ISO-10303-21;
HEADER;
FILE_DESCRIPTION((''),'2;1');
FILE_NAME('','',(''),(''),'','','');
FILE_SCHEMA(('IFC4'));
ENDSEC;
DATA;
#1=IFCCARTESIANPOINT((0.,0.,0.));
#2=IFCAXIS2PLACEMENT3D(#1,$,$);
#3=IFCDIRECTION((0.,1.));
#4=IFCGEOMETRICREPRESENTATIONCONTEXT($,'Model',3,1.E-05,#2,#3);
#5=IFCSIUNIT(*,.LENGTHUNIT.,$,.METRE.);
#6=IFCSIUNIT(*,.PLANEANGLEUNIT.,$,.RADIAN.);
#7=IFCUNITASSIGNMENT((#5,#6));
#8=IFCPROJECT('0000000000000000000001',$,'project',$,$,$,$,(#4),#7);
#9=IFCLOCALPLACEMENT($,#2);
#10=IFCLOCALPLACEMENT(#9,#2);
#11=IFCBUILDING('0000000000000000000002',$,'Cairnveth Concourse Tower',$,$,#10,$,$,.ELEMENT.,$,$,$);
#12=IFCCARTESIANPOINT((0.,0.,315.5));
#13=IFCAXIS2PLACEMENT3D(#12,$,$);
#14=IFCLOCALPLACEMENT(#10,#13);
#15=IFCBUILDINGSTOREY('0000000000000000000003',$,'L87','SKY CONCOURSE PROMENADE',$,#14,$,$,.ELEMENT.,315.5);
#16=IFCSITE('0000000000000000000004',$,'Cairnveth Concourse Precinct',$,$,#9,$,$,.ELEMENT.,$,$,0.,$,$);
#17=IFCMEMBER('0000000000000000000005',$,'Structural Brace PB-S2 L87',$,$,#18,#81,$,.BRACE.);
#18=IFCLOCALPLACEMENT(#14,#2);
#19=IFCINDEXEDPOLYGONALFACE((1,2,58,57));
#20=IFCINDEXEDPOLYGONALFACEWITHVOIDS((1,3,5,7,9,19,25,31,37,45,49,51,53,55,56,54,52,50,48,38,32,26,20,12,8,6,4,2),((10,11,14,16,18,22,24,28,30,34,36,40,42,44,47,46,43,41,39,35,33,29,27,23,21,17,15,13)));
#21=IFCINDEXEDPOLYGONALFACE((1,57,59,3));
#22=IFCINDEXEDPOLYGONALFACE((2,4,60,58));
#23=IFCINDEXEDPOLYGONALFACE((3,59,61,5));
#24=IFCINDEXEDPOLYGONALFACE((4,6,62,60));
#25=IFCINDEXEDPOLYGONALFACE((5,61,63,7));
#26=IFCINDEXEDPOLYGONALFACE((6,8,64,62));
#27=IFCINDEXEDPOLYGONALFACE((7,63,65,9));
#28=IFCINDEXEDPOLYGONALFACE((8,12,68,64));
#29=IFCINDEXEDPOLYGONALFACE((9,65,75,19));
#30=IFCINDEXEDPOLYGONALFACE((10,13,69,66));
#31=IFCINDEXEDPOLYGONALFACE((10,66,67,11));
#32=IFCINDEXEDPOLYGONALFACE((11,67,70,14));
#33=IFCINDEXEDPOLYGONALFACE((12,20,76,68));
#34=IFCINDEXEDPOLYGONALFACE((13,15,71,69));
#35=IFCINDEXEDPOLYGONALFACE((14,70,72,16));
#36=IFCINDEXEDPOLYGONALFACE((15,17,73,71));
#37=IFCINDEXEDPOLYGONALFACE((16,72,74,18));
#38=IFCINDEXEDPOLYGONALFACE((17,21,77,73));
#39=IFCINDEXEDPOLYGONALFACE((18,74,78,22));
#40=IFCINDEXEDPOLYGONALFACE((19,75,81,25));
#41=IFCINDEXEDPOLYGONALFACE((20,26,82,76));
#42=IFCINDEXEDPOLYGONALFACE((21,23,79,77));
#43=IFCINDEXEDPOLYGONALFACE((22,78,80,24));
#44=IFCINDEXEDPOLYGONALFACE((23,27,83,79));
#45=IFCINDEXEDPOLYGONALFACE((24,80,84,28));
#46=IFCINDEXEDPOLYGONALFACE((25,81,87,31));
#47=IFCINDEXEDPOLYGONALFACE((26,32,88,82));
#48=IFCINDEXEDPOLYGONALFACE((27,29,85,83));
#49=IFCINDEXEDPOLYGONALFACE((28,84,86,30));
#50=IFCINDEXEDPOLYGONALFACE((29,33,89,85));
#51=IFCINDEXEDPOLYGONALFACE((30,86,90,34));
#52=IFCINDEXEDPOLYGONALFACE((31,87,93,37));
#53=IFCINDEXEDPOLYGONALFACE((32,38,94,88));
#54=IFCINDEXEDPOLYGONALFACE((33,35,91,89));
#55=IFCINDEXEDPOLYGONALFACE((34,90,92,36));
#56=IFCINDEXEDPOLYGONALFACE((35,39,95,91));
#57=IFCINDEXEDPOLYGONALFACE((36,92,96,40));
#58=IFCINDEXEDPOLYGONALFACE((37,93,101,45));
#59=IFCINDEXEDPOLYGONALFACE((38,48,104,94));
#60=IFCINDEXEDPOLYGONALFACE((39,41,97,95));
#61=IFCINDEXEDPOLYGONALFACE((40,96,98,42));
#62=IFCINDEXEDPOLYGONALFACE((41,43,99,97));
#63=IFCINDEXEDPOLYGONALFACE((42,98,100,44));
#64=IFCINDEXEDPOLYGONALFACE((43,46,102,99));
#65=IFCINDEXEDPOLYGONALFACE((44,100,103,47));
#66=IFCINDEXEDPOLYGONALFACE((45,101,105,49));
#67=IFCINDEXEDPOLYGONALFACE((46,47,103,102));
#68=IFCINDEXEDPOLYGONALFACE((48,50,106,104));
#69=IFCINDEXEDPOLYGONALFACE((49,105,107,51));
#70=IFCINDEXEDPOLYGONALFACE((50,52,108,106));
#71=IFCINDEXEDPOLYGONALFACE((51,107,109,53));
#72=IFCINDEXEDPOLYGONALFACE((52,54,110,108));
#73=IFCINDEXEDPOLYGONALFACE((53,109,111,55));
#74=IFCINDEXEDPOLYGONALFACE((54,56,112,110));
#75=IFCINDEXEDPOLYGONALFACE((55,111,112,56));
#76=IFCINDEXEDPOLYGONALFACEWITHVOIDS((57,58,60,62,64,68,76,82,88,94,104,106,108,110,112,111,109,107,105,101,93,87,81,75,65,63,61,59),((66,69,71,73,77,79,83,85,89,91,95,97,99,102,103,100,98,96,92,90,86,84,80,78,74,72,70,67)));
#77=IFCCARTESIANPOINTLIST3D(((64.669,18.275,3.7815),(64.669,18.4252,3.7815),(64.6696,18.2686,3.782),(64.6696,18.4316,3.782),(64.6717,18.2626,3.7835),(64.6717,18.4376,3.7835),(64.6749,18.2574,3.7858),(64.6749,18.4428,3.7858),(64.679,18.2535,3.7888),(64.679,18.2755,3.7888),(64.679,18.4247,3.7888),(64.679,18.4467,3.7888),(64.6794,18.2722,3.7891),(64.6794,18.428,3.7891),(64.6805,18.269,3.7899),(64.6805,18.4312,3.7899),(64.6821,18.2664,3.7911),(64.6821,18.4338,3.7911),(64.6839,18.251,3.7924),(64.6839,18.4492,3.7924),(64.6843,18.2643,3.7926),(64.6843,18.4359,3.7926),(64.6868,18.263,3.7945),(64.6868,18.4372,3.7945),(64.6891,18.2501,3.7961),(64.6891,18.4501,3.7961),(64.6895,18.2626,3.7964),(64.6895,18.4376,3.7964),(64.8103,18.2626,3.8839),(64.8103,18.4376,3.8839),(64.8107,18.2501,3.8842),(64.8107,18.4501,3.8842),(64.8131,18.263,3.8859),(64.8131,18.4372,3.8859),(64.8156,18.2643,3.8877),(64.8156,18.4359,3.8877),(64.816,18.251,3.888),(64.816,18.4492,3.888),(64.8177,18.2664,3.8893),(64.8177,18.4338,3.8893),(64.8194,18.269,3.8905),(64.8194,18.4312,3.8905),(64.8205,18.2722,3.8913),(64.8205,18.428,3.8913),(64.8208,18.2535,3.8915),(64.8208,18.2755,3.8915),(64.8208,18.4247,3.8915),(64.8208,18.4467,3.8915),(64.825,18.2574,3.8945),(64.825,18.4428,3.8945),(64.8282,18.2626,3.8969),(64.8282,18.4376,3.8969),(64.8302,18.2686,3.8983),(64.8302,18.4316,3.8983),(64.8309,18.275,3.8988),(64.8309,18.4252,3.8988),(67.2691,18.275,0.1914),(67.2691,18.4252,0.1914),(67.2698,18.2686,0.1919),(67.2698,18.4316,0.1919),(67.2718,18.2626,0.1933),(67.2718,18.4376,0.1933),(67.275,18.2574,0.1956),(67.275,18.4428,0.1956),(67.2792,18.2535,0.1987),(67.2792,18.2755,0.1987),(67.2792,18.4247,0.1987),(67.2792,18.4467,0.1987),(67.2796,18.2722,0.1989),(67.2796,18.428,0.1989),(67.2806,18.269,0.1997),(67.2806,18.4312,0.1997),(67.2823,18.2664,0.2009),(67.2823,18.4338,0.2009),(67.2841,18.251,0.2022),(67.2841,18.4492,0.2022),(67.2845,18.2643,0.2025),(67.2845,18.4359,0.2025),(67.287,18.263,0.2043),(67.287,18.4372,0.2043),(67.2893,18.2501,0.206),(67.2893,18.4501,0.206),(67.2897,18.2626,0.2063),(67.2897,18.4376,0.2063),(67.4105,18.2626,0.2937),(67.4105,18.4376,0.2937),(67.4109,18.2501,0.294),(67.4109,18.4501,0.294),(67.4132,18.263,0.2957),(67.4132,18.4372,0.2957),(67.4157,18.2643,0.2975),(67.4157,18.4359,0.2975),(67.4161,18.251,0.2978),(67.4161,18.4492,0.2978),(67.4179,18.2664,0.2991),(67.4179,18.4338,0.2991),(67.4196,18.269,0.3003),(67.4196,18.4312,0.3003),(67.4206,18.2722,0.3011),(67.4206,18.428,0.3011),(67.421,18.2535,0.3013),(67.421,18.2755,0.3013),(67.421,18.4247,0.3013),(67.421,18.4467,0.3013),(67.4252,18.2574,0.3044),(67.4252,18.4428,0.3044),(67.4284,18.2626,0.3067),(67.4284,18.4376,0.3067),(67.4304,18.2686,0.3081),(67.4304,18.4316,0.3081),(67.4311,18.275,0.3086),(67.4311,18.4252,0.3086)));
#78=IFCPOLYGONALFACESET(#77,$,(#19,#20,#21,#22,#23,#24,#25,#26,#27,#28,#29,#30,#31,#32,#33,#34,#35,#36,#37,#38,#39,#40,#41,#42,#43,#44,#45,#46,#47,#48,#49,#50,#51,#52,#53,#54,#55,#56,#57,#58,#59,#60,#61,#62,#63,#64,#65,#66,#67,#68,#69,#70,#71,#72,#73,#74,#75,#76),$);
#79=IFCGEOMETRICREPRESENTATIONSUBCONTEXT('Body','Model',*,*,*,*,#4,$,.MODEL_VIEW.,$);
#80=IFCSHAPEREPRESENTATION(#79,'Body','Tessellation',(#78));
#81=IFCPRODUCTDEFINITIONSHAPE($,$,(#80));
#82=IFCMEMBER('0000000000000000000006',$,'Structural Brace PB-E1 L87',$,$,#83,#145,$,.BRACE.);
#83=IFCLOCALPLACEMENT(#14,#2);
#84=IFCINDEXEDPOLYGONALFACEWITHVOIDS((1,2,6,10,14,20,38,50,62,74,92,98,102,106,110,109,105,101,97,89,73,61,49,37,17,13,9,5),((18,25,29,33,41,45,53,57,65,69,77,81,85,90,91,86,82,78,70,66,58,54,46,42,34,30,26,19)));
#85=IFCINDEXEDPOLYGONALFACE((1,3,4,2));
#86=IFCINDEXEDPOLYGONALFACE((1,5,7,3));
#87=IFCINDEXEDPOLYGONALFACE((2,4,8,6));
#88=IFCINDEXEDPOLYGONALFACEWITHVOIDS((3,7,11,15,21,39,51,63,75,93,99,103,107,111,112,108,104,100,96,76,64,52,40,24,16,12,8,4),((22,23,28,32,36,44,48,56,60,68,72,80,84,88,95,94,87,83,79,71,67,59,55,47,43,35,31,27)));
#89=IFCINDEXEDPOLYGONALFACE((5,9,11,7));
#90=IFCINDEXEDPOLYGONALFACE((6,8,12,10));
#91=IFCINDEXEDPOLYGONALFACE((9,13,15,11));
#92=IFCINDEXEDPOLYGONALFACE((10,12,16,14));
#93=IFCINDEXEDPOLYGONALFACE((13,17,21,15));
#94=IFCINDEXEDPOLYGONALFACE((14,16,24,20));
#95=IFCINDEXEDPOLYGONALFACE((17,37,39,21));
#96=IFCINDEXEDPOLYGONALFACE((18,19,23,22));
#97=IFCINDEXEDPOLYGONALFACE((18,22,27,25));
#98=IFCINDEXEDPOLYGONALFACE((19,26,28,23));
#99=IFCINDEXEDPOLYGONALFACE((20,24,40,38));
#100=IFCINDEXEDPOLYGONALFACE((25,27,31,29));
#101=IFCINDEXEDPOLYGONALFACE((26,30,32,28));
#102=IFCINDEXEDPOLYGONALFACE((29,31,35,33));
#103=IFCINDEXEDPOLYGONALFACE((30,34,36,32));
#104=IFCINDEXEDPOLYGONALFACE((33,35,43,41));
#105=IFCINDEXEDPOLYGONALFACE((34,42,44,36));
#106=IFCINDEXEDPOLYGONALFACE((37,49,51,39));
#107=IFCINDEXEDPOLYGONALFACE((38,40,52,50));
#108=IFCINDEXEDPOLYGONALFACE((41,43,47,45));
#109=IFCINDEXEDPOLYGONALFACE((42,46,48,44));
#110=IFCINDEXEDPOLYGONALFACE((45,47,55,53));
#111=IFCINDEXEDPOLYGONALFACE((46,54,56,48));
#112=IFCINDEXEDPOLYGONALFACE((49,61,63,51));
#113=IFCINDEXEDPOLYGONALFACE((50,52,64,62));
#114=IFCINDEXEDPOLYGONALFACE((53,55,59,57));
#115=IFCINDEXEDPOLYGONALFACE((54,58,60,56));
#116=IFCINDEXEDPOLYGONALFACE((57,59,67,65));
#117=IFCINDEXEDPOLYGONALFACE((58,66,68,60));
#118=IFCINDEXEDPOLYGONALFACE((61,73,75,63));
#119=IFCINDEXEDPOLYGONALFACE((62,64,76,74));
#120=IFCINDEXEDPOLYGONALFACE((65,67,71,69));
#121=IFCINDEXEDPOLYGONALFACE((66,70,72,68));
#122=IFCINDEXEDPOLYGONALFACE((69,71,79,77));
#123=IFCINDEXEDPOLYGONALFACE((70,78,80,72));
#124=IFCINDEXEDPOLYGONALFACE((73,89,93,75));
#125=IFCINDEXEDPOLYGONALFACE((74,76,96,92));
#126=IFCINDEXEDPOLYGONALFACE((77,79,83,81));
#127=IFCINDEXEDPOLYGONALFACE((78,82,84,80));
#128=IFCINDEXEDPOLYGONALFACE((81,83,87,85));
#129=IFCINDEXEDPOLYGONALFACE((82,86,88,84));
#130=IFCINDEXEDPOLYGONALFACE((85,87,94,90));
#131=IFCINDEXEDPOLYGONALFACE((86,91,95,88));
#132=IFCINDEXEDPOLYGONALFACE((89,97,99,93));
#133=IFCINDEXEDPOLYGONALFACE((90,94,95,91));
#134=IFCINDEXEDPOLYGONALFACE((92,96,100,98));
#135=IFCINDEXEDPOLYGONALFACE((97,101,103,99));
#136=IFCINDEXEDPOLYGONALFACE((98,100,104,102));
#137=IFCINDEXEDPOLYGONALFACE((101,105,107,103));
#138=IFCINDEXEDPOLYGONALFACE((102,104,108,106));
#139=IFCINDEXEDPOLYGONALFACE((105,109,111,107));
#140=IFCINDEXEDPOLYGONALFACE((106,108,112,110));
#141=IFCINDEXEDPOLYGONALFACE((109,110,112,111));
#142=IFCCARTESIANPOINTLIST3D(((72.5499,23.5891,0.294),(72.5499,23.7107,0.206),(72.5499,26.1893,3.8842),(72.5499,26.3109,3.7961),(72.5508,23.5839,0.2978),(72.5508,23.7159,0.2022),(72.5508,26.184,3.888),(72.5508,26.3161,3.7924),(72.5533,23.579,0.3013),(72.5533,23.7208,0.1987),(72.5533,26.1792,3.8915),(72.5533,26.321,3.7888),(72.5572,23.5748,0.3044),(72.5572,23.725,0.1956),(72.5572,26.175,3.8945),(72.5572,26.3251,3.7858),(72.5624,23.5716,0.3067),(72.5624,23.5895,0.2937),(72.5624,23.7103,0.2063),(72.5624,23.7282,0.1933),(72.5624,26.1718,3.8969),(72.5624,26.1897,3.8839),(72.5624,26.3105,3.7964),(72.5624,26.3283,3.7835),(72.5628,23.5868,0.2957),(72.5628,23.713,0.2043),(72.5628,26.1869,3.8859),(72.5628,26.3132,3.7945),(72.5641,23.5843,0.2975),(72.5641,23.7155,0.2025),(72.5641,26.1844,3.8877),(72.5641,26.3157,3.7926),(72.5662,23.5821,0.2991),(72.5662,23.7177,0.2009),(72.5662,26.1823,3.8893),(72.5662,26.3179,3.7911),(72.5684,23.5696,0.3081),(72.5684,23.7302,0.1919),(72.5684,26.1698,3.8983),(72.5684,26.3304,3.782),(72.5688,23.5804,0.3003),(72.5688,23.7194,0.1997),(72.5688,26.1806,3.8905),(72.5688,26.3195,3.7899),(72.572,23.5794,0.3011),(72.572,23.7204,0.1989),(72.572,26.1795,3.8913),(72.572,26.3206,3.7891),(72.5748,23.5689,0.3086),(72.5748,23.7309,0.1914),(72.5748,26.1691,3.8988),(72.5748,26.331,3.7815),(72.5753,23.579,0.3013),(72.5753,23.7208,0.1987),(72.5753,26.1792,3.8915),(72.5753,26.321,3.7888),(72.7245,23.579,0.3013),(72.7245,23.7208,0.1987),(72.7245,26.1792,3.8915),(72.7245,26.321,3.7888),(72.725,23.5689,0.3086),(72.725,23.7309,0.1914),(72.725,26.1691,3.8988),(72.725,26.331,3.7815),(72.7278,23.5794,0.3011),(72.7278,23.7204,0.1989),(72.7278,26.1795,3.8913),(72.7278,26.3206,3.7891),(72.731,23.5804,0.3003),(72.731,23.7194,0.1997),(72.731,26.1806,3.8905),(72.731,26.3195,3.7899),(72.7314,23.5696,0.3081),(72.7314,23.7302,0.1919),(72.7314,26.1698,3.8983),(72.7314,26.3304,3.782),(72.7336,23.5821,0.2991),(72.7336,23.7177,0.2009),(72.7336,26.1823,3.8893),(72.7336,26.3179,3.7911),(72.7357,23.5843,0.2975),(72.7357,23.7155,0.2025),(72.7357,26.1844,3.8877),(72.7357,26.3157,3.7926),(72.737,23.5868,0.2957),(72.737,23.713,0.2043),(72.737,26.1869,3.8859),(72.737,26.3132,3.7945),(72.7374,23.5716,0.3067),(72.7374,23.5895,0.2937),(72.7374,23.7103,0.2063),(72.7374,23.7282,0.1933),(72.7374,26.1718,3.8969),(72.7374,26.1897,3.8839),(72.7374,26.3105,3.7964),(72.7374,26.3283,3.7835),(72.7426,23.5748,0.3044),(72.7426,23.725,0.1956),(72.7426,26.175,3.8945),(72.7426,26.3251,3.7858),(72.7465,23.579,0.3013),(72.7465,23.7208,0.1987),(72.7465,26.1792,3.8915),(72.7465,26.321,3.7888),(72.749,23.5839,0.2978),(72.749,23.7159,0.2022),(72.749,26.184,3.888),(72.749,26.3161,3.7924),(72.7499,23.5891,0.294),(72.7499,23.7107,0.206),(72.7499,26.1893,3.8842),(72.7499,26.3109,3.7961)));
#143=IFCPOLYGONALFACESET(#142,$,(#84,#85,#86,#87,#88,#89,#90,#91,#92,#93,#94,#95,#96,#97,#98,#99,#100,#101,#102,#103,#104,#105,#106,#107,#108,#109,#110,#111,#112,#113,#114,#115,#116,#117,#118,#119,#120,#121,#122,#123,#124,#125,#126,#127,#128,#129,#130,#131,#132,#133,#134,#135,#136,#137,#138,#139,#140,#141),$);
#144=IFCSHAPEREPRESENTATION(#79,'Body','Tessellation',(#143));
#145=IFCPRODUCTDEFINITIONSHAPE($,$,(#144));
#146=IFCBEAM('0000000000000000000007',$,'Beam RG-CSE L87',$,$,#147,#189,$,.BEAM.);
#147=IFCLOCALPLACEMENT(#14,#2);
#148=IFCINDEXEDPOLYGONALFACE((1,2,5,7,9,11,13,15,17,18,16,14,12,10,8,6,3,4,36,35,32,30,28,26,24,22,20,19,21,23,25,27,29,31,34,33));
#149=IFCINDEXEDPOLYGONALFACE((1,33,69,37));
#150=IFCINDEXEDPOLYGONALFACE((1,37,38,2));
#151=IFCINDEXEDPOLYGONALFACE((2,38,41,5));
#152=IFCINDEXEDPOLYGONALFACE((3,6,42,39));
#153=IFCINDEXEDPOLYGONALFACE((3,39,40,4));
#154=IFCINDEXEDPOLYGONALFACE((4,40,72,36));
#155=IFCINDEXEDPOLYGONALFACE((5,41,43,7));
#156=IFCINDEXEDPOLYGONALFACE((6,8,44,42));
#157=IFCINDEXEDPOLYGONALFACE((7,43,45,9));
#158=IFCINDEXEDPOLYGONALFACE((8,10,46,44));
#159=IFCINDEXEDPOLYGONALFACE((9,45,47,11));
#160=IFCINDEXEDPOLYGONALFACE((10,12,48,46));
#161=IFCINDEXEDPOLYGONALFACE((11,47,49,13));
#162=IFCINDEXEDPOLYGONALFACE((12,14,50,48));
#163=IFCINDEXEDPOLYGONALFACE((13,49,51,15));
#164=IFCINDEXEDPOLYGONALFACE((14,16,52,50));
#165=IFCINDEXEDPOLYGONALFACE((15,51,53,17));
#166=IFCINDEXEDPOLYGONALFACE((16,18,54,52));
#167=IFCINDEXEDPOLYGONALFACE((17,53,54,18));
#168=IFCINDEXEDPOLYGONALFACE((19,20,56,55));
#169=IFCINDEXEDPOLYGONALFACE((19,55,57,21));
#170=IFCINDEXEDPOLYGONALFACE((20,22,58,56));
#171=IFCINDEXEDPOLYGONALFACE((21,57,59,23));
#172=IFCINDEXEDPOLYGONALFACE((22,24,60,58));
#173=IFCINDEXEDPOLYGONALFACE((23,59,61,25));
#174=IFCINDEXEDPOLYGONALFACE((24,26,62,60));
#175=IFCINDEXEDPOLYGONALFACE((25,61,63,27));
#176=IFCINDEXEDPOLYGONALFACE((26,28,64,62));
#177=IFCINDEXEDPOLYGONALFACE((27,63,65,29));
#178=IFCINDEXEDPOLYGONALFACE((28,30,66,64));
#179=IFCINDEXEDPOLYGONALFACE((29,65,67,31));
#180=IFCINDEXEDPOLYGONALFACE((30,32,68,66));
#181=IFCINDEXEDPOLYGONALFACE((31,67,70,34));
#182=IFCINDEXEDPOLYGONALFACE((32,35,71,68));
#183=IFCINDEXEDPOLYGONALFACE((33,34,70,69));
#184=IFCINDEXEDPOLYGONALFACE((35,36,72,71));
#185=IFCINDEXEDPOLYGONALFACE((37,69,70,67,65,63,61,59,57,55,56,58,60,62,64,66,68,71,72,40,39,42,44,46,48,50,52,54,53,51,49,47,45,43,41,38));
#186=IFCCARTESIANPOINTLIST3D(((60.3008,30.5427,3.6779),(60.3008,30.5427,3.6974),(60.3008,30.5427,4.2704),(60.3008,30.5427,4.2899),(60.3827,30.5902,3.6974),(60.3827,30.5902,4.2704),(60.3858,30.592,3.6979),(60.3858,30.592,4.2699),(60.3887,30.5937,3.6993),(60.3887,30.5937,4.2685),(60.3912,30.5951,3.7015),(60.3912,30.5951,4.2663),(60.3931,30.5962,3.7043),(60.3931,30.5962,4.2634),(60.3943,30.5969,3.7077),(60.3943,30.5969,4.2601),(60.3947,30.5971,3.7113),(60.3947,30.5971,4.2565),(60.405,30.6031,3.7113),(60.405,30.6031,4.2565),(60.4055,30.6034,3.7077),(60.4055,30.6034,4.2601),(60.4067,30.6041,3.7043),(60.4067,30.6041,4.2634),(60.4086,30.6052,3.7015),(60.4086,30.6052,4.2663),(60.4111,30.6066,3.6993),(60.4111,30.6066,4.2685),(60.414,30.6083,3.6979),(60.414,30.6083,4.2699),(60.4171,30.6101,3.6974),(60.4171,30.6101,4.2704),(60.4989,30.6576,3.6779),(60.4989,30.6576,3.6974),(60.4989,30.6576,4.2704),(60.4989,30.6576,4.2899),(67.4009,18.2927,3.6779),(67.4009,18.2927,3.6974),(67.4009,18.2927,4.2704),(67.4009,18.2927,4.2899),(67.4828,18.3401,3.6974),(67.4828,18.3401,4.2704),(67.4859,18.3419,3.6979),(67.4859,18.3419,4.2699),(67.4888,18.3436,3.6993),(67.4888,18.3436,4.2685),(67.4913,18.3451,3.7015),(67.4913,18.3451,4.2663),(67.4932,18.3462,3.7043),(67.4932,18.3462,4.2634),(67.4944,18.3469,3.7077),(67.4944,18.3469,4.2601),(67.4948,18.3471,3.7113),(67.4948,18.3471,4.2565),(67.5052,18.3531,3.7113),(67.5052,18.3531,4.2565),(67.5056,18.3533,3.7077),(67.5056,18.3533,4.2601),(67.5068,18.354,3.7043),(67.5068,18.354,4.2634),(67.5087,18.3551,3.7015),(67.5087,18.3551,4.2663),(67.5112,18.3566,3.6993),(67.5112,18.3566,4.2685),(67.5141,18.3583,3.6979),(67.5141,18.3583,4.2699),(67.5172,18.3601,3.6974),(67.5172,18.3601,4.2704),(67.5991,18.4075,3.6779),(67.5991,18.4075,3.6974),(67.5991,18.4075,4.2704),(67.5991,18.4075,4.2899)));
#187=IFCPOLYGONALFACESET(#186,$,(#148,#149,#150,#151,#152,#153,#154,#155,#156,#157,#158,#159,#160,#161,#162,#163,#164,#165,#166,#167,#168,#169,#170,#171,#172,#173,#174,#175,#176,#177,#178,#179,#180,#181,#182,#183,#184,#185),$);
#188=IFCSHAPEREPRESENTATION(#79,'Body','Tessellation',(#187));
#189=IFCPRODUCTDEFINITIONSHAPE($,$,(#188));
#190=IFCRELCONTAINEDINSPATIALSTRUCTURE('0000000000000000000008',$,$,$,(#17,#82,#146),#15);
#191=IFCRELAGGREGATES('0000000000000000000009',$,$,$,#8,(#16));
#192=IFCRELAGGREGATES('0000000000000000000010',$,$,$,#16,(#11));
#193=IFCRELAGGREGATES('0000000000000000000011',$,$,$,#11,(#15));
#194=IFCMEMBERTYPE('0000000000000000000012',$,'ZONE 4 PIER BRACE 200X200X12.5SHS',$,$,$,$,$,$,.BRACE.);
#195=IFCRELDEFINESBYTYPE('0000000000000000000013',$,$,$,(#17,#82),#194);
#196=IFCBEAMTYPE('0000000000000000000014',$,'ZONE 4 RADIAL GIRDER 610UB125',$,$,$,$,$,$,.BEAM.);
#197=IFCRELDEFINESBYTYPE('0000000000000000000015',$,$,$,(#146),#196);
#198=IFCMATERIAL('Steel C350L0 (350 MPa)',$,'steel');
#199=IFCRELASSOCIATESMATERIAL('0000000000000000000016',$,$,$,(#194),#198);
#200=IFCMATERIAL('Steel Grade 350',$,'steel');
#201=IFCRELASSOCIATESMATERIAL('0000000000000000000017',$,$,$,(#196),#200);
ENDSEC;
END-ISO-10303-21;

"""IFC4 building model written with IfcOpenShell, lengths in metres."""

from ifc_helpers import new_model, si_unit, direction, frame, origin, origin_2d, place, context, subcontext, project, spatial, hollow_rectangle, i_section, extrude, material, material_profile, profile_set, type_object, element, save


model = new_model("IFC4")

# Units and contexts
model_context = context("Model", 3, precision=1e-05, world=origin(), true_north=direction((0.0, 1.0)))
body_context = subcontext(model_context, "Body", "Model", "MODEL_VIEW")
ifc_project = project(units=[si_unit("LENGTHUNIT", "METRE"), si_unit("PLANEANGLEUNIT", "RADIAN")], contexts=[model_context])

# Site, building, storey
site_placement = place(None, origin())
site = spatial("IfcSite", under=ifc_project, at=site_placement, Name="Cairnveth Concourse Precinct", CompositionType="ELEMENT", RefElevation=0.0)
building_placement = place(site_placement, origin())
building = spatial("IfcBuilding", under=site, at=building_placement, Name="Cairnveth Concourse Tower", CompositionType="ELEMENT")
storey_placement = place(building_placement, frame((0.0, 0.0, 315.5)))
storey = spatial("IfcBuildingStorey", under=building, at=storey_placement, Name="L87", Description="SKY CONCOURSE PROMENADE", CompositionType="ELEMENT", Elevation=315.5)

# Shared definitions
ifc_material_1 = material(Name="Steel Grade 350", Category="steel")

# Members
ifc_material_2 = material(Name="Steel C350L0 (350 MPa)", Category="steel")
ifc_material_profile_1 = material_profile(ifc_material_2, hollow_rectangle(XDim=0.2, YDim=0.2, WallThickness=0.0125, InnerFilletRadius=0.0129, OuterFilletRadius=0.0249, at=origin_2d()), Name="200x200x12.5SHS")
ifc_profile_set_1 = profile_set([ifc_material_profile_1], Name="Steel C350L0 (350 MPa)")
member_type = type_object("IfcMemberType", Name="ZONE 4 PIER BRACE 200X200X12.5SHS", PredefinedType="BRACE", material=ifc_profile_set_1)
for number, where, z_axis, x_axis, name in (
    (1, (67.3501, 18.3501, 0.25), (-0.586566, 0.0, 0.809902), (0.0, -1.0, 0.0), "Structural Brace PB-S2 L87"),
    (2, (72.6499, 23.6499, 0.25), (0.0, 0.586566, 0.809902), (-1.0, 0.0, 0.0), "Structural Brace PB-E1 L87"),
):
    element("IfcMember", number, at=place(storey_placement, frame(where, z_axis=z_axis, x_axis=x_axis)), inside=storey, type_object=member_type, Name=name, PredefinedType="BRACE", context=body_context, shape_type="SweptSolid", body=[
        extrude(hollow_rectangle(XDim=0.2, YDim=0.2, WallThickness=0.0125, InnerFilletRadius=0.0129, OuterFilletRadius=0.0249, at=origin_2d()), origin(), (0.0, 0.0, 1.0), 4.4329),
    ])

# Beam
ifc_material_profile_2 = material_profile(ifc_material_1, i_section(OverallWidth=0.229, OverallDepth=0.6121, WebThickness=0.012, FlangeThickness=0.0195, FilletRadius=0.0139, at=origin_2d()), Name="610UB125")
ifc_profile_set_2 = profile_set([ifc_material_profile_2], Name="Steel Grade 350")
beam_type_1 = type_object("IfcBeamType", Name="ZONE 4 RADIAL GIRDER 610UB125", PredefinedType="BEAM", material=ifc_profile_set_2)
beam_1_placement = place(storey_placement, frame((67.5, 18.3501, 3.9839), z_axis=(-0.501459, 0.865181, 0.0), x_axis=(-0.865181, -0.501459, 0.0)))
element("IfcBeam", 3, at=beam_1_placement, inside=storey, type_object=beam_type_1, Name="Beam RG-CSE L87", PredefinedType="BEAM", context=body_context, shape_type="SweptSolid", body=[
    extrude(i_section(OverallWidth=0.229, OverallDepth=0.6121, WebThickness=0.012, FlangeThickness=0.0195, FilletRadius=0.0139, at=origin_2d()), origin(), (0.0, 0.0, 1.0), 14.1589),
])

save(model, "model.ifc")
